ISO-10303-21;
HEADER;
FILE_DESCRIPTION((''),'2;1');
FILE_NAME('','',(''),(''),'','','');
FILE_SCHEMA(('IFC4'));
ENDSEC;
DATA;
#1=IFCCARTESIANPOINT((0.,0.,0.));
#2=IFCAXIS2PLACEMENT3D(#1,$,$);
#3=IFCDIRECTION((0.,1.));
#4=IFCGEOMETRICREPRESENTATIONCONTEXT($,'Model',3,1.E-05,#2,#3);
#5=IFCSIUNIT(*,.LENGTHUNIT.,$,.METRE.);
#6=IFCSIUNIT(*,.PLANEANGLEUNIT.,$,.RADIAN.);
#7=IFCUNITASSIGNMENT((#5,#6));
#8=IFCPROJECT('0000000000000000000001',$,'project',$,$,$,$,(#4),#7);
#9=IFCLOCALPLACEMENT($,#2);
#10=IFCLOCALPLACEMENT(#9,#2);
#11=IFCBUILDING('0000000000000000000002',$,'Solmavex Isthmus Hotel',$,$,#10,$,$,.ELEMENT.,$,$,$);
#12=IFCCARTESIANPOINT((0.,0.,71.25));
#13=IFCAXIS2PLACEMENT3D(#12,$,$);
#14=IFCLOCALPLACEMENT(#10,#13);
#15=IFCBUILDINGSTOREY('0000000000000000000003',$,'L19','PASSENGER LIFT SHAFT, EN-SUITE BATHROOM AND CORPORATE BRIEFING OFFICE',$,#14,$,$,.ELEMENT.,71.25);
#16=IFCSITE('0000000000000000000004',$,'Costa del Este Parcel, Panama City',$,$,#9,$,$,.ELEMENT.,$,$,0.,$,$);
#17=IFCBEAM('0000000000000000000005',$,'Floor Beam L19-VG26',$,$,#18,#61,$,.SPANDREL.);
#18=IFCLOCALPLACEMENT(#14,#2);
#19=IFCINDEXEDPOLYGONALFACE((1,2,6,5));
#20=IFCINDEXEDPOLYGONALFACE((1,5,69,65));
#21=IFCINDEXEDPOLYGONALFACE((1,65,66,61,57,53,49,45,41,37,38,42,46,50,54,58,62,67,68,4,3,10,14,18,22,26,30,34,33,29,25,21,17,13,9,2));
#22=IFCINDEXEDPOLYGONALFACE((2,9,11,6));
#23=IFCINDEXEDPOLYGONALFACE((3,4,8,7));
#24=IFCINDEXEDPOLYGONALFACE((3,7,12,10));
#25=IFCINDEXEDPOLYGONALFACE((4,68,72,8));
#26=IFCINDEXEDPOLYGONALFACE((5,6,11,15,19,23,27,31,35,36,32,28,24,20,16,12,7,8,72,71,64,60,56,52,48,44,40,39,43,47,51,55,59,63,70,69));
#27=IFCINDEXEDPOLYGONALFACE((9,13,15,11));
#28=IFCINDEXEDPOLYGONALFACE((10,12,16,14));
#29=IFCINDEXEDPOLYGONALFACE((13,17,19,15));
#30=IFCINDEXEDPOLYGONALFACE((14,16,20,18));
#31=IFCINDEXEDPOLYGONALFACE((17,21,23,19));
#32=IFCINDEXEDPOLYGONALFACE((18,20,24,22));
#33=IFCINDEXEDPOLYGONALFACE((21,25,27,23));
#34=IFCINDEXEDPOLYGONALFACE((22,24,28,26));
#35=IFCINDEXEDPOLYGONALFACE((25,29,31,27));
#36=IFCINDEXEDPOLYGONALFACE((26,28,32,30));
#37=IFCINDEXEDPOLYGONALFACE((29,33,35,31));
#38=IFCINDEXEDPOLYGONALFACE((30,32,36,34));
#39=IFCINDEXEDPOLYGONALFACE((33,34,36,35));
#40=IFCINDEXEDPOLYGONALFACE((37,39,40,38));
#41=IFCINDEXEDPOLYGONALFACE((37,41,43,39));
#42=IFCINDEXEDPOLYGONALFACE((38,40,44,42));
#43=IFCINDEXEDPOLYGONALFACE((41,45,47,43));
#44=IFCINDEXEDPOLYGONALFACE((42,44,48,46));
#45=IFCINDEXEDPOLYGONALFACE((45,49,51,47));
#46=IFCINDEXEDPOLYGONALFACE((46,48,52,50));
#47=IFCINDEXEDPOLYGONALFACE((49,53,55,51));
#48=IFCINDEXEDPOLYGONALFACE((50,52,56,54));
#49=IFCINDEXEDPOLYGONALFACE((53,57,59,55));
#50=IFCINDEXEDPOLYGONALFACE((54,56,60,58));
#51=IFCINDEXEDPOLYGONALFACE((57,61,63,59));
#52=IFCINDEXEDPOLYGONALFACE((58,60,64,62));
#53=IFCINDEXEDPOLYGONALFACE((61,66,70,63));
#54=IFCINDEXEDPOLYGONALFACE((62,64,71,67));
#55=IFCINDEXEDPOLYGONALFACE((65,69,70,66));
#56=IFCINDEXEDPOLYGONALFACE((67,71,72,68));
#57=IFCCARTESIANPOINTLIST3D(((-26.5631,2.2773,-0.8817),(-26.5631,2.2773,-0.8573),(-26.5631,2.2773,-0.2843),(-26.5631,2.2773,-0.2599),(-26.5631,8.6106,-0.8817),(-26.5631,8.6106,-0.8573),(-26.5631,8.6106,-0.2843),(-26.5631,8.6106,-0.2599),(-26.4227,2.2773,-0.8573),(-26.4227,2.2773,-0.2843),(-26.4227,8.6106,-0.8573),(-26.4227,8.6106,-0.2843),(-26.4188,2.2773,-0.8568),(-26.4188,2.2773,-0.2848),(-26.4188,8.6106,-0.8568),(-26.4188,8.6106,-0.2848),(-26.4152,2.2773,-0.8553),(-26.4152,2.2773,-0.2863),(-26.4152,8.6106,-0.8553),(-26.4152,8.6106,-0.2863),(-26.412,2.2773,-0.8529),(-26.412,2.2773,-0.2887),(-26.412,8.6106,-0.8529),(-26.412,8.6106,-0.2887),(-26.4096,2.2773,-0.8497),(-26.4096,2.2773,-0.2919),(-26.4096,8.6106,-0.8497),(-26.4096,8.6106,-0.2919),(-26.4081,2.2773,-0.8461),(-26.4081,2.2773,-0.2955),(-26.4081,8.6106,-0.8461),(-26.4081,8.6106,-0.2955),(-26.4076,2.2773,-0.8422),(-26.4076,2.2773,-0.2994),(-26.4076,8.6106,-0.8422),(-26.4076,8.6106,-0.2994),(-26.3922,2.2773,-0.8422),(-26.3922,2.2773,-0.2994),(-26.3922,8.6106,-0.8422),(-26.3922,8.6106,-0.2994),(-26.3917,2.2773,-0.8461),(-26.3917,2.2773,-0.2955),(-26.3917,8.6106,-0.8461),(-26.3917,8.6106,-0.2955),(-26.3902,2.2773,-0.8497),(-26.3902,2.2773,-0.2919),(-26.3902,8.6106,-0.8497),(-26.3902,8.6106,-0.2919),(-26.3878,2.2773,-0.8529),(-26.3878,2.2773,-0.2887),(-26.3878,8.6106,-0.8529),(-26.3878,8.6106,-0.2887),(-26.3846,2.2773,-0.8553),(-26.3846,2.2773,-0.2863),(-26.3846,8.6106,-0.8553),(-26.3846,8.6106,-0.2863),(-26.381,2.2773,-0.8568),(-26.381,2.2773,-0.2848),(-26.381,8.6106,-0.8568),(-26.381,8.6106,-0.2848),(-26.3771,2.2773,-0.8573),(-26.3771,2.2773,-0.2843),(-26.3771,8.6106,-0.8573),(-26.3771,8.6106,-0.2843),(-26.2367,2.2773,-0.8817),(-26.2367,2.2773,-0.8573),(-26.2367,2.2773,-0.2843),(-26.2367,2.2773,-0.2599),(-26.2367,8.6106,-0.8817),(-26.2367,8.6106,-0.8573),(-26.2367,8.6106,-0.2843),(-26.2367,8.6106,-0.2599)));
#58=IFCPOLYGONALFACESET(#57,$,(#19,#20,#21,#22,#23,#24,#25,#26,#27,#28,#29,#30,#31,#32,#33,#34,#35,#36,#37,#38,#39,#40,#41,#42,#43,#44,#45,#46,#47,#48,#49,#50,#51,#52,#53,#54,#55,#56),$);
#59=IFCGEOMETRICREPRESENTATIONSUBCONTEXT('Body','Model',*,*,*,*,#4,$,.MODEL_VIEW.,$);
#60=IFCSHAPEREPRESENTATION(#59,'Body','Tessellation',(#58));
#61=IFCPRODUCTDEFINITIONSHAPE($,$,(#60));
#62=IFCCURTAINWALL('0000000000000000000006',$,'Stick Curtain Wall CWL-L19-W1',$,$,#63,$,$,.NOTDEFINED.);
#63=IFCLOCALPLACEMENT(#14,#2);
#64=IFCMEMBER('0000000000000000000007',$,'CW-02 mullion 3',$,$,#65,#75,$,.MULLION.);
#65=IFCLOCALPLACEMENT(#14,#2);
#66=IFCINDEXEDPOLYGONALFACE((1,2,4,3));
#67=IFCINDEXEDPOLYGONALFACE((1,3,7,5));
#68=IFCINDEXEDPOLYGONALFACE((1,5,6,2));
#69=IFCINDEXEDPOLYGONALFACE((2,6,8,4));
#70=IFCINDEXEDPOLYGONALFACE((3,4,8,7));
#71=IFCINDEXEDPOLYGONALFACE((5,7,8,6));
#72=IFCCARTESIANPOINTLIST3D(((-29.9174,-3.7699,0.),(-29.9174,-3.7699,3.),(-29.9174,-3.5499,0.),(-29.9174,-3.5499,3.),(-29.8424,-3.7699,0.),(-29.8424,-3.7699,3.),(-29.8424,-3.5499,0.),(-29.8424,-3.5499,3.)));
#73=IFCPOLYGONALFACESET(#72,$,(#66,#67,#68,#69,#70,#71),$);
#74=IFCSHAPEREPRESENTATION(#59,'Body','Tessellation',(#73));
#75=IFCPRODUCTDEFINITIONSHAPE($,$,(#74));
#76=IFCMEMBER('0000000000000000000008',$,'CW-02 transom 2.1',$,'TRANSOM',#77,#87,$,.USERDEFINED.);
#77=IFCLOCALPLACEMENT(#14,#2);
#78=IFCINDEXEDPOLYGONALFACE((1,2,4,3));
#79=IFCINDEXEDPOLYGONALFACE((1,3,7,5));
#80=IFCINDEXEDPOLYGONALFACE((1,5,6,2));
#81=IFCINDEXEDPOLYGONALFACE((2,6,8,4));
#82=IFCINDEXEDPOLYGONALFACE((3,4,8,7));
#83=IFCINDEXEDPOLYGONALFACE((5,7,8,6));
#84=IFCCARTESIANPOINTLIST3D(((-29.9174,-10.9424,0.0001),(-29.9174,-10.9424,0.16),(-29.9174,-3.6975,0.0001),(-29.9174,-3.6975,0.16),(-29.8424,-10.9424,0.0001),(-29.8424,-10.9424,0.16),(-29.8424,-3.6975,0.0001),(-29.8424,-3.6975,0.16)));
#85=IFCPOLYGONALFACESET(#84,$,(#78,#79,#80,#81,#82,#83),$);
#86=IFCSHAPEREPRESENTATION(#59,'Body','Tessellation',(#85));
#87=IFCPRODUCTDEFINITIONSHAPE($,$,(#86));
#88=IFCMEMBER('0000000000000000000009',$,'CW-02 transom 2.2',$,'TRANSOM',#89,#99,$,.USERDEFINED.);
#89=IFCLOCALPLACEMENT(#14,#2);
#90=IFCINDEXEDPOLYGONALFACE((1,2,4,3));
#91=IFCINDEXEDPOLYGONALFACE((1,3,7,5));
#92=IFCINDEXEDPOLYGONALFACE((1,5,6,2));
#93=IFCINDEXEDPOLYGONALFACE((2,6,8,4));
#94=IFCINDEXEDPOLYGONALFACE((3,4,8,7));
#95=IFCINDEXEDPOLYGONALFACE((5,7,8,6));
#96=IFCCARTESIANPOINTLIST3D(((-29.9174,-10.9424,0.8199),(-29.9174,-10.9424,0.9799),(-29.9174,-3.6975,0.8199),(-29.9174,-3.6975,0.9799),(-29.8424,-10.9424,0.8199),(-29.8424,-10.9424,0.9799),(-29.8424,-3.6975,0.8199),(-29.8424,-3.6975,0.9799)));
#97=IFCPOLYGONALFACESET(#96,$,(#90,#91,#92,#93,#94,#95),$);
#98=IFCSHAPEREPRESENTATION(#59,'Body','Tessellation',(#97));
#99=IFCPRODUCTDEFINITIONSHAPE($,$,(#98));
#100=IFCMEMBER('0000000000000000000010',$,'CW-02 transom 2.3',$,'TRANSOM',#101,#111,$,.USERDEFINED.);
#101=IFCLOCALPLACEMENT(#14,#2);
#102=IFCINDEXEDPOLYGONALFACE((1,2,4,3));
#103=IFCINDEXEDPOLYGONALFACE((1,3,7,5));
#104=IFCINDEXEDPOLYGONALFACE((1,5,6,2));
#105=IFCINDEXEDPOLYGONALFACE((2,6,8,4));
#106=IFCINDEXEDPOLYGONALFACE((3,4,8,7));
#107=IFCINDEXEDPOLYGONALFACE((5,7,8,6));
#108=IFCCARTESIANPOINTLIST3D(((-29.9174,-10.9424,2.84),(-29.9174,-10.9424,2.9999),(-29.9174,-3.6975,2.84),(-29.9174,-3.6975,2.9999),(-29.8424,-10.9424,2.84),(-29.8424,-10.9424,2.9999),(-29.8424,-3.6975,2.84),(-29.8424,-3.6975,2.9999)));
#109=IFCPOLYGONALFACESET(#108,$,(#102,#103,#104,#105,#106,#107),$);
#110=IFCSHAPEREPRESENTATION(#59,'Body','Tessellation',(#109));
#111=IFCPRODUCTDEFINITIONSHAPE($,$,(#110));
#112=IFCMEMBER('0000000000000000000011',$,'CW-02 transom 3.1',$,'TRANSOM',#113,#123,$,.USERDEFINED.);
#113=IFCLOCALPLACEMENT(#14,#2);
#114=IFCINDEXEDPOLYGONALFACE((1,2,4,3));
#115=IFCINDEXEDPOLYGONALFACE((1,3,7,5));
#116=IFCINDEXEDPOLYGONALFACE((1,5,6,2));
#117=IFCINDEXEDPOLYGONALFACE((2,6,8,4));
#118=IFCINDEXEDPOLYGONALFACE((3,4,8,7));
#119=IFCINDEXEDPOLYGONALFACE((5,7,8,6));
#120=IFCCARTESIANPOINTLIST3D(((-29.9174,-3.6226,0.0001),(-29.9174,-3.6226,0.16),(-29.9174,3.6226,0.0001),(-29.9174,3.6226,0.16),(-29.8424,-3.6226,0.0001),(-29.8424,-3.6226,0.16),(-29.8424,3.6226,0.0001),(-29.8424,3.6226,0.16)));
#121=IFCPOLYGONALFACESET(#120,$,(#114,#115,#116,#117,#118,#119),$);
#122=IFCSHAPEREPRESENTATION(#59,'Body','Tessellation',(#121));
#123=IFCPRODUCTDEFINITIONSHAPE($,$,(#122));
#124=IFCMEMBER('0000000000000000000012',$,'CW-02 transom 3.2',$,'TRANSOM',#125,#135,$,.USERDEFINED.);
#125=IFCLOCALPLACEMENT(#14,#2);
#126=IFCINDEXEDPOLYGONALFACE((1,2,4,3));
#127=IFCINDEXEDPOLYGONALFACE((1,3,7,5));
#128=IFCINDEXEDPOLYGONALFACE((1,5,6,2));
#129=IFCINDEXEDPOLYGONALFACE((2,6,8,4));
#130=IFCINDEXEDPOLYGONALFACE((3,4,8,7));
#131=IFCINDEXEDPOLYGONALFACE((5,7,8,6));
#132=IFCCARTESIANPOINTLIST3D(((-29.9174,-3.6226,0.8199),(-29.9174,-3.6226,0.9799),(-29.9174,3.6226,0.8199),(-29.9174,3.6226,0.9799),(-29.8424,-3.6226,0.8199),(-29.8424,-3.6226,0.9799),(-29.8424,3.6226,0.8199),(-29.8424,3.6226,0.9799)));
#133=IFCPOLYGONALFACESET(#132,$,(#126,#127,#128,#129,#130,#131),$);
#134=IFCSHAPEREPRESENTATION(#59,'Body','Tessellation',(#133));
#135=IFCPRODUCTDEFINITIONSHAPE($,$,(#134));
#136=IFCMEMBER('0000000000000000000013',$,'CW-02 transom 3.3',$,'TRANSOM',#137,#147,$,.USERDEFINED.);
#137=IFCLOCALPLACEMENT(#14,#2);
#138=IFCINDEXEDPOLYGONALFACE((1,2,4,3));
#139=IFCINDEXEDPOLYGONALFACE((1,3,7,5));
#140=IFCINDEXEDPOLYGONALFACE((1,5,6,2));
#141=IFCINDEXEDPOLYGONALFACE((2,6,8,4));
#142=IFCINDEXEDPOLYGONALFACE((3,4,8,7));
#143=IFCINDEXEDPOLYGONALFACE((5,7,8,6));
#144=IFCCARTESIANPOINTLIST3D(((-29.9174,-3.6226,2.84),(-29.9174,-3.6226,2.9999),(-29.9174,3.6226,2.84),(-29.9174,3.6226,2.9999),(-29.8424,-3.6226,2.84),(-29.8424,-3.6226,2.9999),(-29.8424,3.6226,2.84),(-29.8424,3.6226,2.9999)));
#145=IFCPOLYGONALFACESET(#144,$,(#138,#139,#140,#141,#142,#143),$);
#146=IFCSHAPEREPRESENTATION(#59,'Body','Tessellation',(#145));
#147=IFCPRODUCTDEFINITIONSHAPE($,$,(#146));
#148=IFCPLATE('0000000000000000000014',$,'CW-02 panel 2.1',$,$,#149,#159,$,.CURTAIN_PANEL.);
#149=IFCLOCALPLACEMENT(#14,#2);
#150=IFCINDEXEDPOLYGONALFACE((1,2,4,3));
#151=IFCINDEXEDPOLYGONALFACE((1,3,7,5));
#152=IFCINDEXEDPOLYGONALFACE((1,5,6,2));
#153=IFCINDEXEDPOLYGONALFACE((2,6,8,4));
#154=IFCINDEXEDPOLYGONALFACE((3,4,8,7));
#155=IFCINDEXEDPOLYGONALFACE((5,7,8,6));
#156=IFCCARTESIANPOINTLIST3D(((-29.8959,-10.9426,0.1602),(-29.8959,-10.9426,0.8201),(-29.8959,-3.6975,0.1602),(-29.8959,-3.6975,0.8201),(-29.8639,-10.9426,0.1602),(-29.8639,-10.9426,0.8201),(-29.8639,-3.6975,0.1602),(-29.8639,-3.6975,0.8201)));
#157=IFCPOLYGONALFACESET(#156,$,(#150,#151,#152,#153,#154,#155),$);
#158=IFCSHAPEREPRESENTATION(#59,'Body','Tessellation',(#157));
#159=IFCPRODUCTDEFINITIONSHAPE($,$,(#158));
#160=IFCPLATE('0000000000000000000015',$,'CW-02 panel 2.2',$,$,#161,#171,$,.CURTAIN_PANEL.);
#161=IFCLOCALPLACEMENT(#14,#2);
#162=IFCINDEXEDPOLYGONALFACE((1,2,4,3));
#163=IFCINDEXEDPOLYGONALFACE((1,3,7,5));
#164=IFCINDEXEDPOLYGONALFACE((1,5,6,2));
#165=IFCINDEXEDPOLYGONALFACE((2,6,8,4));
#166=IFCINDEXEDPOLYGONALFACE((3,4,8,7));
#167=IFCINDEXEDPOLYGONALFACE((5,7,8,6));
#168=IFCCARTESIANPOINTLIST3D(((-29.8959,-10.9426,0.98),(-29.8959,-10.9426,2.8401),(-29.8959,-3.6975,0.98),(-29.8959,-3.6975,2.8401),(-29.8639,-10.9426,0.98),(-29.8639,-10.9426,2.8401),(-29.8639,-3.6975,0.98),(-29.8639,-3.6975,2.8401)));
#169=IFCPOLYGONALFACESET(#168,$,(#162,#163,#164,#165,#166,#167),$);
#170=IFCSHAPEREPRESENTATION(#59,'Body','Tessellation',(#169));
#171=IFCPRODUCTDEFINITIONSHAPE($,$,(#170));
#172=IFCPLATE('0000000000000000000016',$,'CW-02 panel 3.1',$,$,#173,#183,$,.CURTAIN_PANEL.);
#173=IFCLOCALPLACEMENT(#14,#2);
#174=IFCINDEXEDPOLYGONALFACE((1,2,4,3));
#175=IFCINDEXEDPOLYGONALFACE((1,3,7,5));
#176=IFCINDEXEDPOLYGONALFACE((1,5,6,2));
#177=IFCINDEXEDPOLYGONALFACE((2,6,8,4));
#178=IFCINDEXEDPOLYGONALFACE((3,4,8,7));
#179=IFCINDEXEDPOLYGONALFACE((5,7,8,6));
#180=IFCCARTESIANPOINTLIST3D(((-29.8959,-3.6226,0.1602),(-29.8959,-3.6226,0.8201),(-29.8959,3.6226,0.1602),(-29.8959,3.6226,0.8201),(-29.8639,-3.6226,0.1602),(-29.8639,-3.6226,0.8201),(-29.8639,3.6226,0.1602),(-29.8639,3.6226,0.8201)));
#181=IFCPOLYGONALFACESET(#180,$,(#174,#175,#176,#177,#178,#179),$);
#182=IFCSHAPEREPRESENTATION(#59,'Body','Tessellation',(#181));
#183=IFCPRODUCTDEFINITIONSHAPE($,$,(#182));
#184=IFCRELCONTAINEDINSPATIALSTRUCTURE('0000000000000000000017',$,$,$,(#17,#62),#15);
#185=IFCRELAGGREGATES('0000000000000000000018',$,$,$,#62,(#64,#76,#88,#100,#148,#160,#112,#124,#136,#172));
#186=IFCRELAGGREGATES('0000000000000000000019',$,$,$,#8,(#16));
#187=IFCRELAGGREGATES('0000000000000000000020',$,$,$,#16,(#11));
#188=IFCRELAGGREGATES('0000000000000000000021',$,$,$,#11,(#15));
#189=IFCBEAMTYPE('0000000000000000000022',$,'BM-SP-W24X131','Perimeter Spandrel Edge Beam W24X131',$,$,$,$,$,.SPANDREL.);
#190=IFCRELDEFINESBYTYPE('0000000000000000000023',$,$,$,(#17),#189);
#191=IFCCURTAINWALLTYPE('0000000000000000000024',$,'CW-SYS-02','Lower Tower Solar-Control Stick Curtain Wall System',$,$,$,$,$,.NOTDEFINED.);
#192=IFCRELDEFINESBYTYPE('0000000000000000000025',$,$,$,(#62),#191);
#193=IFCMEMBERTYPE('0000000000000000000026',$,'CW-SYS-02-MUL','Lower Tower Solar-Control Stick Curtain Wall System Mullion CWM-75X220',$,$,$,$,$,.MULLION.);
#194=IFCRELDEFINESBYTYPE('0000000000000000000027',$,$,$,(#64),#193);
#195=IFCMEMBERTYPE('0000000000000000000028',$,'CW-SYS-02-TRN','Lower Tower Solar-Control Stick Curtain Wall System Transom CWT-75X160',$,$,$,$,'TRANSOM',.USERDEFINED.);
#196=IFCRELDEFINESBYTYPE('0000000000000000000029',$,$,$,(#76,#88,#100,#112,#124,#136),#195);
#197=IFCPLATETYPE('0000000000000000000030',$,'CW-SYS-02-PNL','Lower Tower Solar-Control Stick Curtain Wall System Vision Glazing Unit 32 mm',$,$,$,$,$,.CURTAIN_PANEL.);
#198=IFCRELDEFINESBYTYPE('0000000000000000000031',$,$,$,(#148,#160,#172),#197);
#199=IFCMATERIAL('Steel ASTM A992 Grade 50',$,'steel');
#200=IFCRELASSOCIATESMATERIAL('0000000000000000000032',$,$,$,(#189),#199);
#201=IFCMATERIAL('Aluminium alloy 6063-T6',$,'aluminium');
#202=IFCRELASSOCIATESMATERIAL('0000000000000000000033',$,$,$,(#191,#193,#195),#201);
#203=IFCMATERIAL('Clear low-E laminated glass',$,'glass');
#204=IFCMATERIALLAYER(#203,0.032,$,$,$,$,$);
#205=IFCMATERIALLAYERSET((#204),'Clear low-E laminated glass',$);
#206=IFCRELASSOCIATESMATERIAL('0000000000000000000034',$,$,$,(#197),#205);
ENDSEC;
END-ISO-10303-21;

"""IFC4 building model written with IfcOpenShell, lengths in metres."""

from ifc_helpers import new_model, si_unit, direction, frame, origin, origin_2d, place, context, subcontext, project, spatial, rectangle, i_section, extrude, material, layer, layer_set, material_profile, profile_set, type_object, element, aggregate, save


model = new_model("IFC4")

# Units and contexts
model_context = context("Model", 3, precision=1e-05, world=origin(), true_north=direction((0.0, 1.0)))
body_context = subcontext(model_context, "Body", "Model", "MODEL_VIEW")
ifc_project = project(units=[si_unit("LENGTHUNIT", "METRE"), si_unit("PLANEANGLEUNIT", "RADIAN")], contexts=[model_context])

# Site, building, storey
site_placement = place(None, origin())
site = spatial("IfcSite", under=ifc_project, at=site_placement, Name="Costa del Este Parcel, Panama City", CompositionType="ELEMENT", RefElevation=0.0)
building_placement = place(site_placement, origin())
building = spatial("IfcBuilding", under=site, at=building_placement, Name="Solmavex Isthmus Hotel", CompositionType="ELEMENT")
storey_placement = place(building_placement, frame((0.0, 0.0, 71.25)))
storey = spatial("IfcBuildingStorey", under=building, at=storey_placement, Name="L19", Description="PASSENGER LIFT SHAFT, EN-SUITE BATHROOM AND CORPORATE BRIEFING OFFICE", CompositionType="ELEMENT", Elevation=71.25)

# Beam
ifc_material_1 = material(Name="Steel ASTM A992 Grade 50", Category="steel")
ifc_material_profile_1 = material_profile(ifc_material_1, i_section(OverallWidth=0.3264, OverallDepth=0.6218, WebThickness=0.0154, FlangeThickness=0.0244, FilletRadius=0.0151, at=origin_2d()), Name="W24X131")
ifc_profile_set_1 = profile_set([ifc_material_profile_1], Name="Steel ASTM A992 Grade 50")
beam_type_1 = type_object("IfcBeamType", Name="BM-SP-W24X131", Description="Perimeter Spandrel Edge Beam W24X131", PredefinedType="SPANDREL", material=ifc_profile_set_1)
beam_1_placement = place(storey_placement, frame((-26.3999, 2.2773, -0.5708), z_axis=(0.0, 1.0, 0.0), x_axis=(-1.0, 0.0, 0.0)))
element("IfcBeam", 1, at=beam_1_placement, inside=storey, type_object=beam_type_1, Name="Floor Beam L19-VG26", PredefinedType="SPANDREL", context=body_context, shape_type="SweptSolid", body=[
    extrude(i_section(OverallWidth=0.3264, OverallDepth=0.6218, WebThickness=0.0154, FlangeThickness=0.0244, FilletRadius=0.0151, at=origin_2d()), origin(), (0.0, 0.0, 1.0), 6.3333),
])

# Curtain wall, members, plates
ifc_material_2 = material(Name="Aluminium alloy 6063-T6", Category="aluminium")
curtain_wall_type = type_object("IfcCurtainWallType", Name="CW-SYS-02", Description="Lower Tower Solar-Control Stick Curtain Wall System", PredefinedType="NOTDEFINED", material=ifc_material_2)
curtain_wall_placement = place(storey_placement, origin())
curtain_wall = element("IfcCurtainWall", 2, at=curtain_wall_placement, inside=storey, type_object=curtain_wall_type, Name="Stick Curtain Wall CWL-L19-W1", PredefinedType="NOTDEFINED")
ifc_material_profile_2 = material_profile(ifc_material_2, rectangle(XDim=0.075, YDim=0.22, at=origin_2d()), Name="CWM-75X220")
ifc_profile_set_2 = profile_set([ifc_material_profile_2], Name="Aluminium alloy 6063-T6")
member_type_1 = type_object("IfcMemberType", Name="CW-SYS-02-MUL", Description="Lower Tower Solar-Control Stick Curtain Wall System Mullion CWM-75X220", PredefinedType="MULLION", material=ifc_profile_set_2)
member_1_placement = place(storey_placement, frame((-29.8799, -3.6599, 0.0), z_axis=(0.0, 0.0, 1.0), x_axis=(-1.0, 0.0, 0.0)))
member_1 = element("IfcMember", 3, at=member_1_placement, type_object=member_type_1, Name="CW-02 mullion 3", PredefinedType="MULLION", context=body_context, shape_type="SweptSolid", body=[
    extrude(rectangle(XDim=0.075, YDim=0.22, at=origin_2d()), origin(), (0.0, 0.0, 1.0), 3.0),
])
ifc_material_profile_3 = material_profile(ifc_material_2, rectangle(XDim=0.075, YDim=0.1599, at=origin_2d()), Name="CWT-75X160")
ifc_profile_set_3 = profile_set([ifc_material_profile_3], Name="Aluminium alloy 6063-T6")
member_type_2 = type_object("IfcMemberType", Name="CW-SYS-02-TRN", Description="Lower Tower Solar-Control Stick Curtain Wall System Transom CWT-75X160", ElementType="TRANSOM", PredefinedType="USERDEFINED", material=ifc_profile_set_3)
member_2_placement = place(storey_placement, frame((-29.8799, -10.9424, 0.0801), z_axis=(0.0, 1.0, 0.0), x_axis=(-1.0, 0.0, 0.0)))
member_2 = element("IfcMember", 4, at=member_2_placement, type_object=member_type_2, Name="CW-02 transom 2.1", ObjectType="TRANSOM", PredefinedType="USERDEFINED", context=body_context, shape_type="SweptSolid", body=[
    extrude(rectangle(XDim=0.075, YDim=0.1599, at=origin_2d()), origin(), (0.0, 0.0, 1.0), 7.2449),
])
member_3_placement = place(storey_placement, frame((-29.8799, -10.9424, 0.8999), z_axis=(0.0, 1.0, 0.0), x_axis=(-1.0, 0.0, 0.0)))
member_3 = element("IfcMember", 5, at=member_3_placement, type_object=member_type_2, Name="CW-02 transom 2.2", ObjectType="TRANSOM", PredefinedType="USERDEFINED", context=body_context, shape_type="SweptSolid", body=[
    extrude(rectangle(XDim=0.075, YDim=0.1599, at=origin_2d()), origin(), (0.0, 0.0, 1.0), 7.2449),
])
member_4_placement = place(storey_placement, frame((-29.8799, -10.9424, 2.9199), z_axis=(0.0, 1.0, 0.0), x_axis=(-1.0, 0.0, 0.0)))
member_4 = element("IfcMember", 6, at=member_4_placement, type_object=member_type_2, Name="CW-02 transom 2.3", ObjectType="TRANSOM", PredefinedType="USERDEFINED", context=body_context, shape_type="SweptSolid", body=[
    extrude(rectangle(XDim=0.075, YDim=0.1599, at=origin_2d()), origin(), (0.0, 0.0, 1.0), 7.2449),
])
member_5_placement = place(storey_placement, frame((-29.8799, -3.6226, 0.0801), z_axis=(0.0, 1.0, 0.0), x_axis=(-1.0, 0.0, 0.0)))
member_5 = element("IfcMember", 7, at=member_5_placement, type_object=member_type_2, Name="CW-02 transom 3.1", ObjectType="TRANSOM", PredefinedType="USERDEFINED", context=body_context, shape_type="SweptSolid", body=[
    extrude(rectangle(XDim=0.075, YDim=0.1599, at=origin_2d()), origin(), (0.0, 0.0, 1.0), 7.2451),
])
member_6_placement = place(storey_placement, frame((-29.8799, -3.6226, 0.8999), z_axis=(0.0, 1.0, 0.0), x_axis=(-1.0, 0.0, 0.0)))
member_6 = element("IfcMember", 8, at=member_6_placement, type_object=member_type_2, Name="CW-02 transom 3.2", ObjectType="TRANSOM", PredefinedType="USERDEFINED", context=body_context, shape_type="SweptSolid", body=[
    extrude(rectangle(XDim=0.075, YDim=0.1599, at=origin_2d()), origin(), (0.0, 0.0, 1.0), 7.2451),
])
member_7_placement = place(storey_placement, frame((-29.8799, -3.6226, 2.9199), z_axis=(0.0, 1.0, 0.0), x_axis=(-1.0, 0.0, 0.0)))
member_7 = element("IfcMember", 9, at=member_7_placement, type_object=member_type_2, Name="CW-02 transom 3.3", ObjectType="TRANSOM", PredefinedType="USERDEFINED", context=body_context, shape_type="SweptSolid", body=[
    extrude(rectangle(XDim=0.075, YDim=0.1599, at=origin_2d()), origin(), (0.0, 0.0, 1.0), 7.2451),
])
ifc_material_3 = material(Name="Clear low-E laminated glass", Category="glass")
ifc_layer_1 = layer(ifc_material_3, 0.032)
ifc_layer_set_1 = layer_set([ifc_layer_1], Name="Clear low-E laminated glass")
plate_type = type_object("IfcPlateType", Name="CW-SYS-02-PNL", Description="Lower Tower Solar-Control Stick Curtain Wall System Vision Glazing Unit 32 mm", PredefinedType="CURTAIN_PANEL", material=ifc_layer_set_1)
plate_1_placement = place(storey_placement, frame((-29.8799, -7.3201, 0.1602), z_axis=(0.0, 0.0, 1.0), x_axis=(0.0, 1.0, 0.0)))
plate_1 = element("IfcPlate", 10, at=plate_1_placement, type_object=plate_type, Name="CW-02 panel 2.1", PredefinedType="CURTAIN_PANEL", context=body_context, shape_type="SweptSolid", body=[
    extrude(rectangle(XDim=7.2451, YDim=0.032, at=origin_2d()), origin(), (0.0, 0.0, 1.0), 0.6599),
])
plate_2_placement = place(storey_placement, frame((-29.8799, -7.3201, 0.98), z_axis=(0.0, 0.0, 1.0), x_axis=(0.0, 1.0, 0.0)))
plate_2 = element("IfcPlate", 11, at=plate_2_placement, type_object=plate_type, Name="CW-02 panel 2.2", PredefinedType="CURTAIN_PANEL", context=body_context, shape_type="SweptSolid", body=[
    extrude(rectangle(XDim=7.2451, YDim=0.032, at=origin_2d()), origin(), (0.0, 0.0, 1.0), 1.8601),
])
plate_3_placement = place(storey_placement, frame((-29.8799, 0.0, 0.1602), z_axis=(0.0, 0.0, 1.0), x_axis=(0.0, 1.0, 0.0)))
plate_3 = element("IfcPlate", 12, at=plate_3_placement, type_object=plate_type, Name="CW-02 panel 3.1", PredefinedType="CURTAIN_PANEL", context=body_context, shape_type="SweptSolid", body=[
    extrude(rectangle(XDim=7.2451, YDim=0.032, at=origin_2d()), origin(), (0.0, 0.0, 1.0), 0.6599),
])
aggregate(curtain_wall, [member_1, member_2, member_3, member_4, plate_1, plate_2, member_5, member_6, member_7, plate_3])

save(model, "model.ifc")
